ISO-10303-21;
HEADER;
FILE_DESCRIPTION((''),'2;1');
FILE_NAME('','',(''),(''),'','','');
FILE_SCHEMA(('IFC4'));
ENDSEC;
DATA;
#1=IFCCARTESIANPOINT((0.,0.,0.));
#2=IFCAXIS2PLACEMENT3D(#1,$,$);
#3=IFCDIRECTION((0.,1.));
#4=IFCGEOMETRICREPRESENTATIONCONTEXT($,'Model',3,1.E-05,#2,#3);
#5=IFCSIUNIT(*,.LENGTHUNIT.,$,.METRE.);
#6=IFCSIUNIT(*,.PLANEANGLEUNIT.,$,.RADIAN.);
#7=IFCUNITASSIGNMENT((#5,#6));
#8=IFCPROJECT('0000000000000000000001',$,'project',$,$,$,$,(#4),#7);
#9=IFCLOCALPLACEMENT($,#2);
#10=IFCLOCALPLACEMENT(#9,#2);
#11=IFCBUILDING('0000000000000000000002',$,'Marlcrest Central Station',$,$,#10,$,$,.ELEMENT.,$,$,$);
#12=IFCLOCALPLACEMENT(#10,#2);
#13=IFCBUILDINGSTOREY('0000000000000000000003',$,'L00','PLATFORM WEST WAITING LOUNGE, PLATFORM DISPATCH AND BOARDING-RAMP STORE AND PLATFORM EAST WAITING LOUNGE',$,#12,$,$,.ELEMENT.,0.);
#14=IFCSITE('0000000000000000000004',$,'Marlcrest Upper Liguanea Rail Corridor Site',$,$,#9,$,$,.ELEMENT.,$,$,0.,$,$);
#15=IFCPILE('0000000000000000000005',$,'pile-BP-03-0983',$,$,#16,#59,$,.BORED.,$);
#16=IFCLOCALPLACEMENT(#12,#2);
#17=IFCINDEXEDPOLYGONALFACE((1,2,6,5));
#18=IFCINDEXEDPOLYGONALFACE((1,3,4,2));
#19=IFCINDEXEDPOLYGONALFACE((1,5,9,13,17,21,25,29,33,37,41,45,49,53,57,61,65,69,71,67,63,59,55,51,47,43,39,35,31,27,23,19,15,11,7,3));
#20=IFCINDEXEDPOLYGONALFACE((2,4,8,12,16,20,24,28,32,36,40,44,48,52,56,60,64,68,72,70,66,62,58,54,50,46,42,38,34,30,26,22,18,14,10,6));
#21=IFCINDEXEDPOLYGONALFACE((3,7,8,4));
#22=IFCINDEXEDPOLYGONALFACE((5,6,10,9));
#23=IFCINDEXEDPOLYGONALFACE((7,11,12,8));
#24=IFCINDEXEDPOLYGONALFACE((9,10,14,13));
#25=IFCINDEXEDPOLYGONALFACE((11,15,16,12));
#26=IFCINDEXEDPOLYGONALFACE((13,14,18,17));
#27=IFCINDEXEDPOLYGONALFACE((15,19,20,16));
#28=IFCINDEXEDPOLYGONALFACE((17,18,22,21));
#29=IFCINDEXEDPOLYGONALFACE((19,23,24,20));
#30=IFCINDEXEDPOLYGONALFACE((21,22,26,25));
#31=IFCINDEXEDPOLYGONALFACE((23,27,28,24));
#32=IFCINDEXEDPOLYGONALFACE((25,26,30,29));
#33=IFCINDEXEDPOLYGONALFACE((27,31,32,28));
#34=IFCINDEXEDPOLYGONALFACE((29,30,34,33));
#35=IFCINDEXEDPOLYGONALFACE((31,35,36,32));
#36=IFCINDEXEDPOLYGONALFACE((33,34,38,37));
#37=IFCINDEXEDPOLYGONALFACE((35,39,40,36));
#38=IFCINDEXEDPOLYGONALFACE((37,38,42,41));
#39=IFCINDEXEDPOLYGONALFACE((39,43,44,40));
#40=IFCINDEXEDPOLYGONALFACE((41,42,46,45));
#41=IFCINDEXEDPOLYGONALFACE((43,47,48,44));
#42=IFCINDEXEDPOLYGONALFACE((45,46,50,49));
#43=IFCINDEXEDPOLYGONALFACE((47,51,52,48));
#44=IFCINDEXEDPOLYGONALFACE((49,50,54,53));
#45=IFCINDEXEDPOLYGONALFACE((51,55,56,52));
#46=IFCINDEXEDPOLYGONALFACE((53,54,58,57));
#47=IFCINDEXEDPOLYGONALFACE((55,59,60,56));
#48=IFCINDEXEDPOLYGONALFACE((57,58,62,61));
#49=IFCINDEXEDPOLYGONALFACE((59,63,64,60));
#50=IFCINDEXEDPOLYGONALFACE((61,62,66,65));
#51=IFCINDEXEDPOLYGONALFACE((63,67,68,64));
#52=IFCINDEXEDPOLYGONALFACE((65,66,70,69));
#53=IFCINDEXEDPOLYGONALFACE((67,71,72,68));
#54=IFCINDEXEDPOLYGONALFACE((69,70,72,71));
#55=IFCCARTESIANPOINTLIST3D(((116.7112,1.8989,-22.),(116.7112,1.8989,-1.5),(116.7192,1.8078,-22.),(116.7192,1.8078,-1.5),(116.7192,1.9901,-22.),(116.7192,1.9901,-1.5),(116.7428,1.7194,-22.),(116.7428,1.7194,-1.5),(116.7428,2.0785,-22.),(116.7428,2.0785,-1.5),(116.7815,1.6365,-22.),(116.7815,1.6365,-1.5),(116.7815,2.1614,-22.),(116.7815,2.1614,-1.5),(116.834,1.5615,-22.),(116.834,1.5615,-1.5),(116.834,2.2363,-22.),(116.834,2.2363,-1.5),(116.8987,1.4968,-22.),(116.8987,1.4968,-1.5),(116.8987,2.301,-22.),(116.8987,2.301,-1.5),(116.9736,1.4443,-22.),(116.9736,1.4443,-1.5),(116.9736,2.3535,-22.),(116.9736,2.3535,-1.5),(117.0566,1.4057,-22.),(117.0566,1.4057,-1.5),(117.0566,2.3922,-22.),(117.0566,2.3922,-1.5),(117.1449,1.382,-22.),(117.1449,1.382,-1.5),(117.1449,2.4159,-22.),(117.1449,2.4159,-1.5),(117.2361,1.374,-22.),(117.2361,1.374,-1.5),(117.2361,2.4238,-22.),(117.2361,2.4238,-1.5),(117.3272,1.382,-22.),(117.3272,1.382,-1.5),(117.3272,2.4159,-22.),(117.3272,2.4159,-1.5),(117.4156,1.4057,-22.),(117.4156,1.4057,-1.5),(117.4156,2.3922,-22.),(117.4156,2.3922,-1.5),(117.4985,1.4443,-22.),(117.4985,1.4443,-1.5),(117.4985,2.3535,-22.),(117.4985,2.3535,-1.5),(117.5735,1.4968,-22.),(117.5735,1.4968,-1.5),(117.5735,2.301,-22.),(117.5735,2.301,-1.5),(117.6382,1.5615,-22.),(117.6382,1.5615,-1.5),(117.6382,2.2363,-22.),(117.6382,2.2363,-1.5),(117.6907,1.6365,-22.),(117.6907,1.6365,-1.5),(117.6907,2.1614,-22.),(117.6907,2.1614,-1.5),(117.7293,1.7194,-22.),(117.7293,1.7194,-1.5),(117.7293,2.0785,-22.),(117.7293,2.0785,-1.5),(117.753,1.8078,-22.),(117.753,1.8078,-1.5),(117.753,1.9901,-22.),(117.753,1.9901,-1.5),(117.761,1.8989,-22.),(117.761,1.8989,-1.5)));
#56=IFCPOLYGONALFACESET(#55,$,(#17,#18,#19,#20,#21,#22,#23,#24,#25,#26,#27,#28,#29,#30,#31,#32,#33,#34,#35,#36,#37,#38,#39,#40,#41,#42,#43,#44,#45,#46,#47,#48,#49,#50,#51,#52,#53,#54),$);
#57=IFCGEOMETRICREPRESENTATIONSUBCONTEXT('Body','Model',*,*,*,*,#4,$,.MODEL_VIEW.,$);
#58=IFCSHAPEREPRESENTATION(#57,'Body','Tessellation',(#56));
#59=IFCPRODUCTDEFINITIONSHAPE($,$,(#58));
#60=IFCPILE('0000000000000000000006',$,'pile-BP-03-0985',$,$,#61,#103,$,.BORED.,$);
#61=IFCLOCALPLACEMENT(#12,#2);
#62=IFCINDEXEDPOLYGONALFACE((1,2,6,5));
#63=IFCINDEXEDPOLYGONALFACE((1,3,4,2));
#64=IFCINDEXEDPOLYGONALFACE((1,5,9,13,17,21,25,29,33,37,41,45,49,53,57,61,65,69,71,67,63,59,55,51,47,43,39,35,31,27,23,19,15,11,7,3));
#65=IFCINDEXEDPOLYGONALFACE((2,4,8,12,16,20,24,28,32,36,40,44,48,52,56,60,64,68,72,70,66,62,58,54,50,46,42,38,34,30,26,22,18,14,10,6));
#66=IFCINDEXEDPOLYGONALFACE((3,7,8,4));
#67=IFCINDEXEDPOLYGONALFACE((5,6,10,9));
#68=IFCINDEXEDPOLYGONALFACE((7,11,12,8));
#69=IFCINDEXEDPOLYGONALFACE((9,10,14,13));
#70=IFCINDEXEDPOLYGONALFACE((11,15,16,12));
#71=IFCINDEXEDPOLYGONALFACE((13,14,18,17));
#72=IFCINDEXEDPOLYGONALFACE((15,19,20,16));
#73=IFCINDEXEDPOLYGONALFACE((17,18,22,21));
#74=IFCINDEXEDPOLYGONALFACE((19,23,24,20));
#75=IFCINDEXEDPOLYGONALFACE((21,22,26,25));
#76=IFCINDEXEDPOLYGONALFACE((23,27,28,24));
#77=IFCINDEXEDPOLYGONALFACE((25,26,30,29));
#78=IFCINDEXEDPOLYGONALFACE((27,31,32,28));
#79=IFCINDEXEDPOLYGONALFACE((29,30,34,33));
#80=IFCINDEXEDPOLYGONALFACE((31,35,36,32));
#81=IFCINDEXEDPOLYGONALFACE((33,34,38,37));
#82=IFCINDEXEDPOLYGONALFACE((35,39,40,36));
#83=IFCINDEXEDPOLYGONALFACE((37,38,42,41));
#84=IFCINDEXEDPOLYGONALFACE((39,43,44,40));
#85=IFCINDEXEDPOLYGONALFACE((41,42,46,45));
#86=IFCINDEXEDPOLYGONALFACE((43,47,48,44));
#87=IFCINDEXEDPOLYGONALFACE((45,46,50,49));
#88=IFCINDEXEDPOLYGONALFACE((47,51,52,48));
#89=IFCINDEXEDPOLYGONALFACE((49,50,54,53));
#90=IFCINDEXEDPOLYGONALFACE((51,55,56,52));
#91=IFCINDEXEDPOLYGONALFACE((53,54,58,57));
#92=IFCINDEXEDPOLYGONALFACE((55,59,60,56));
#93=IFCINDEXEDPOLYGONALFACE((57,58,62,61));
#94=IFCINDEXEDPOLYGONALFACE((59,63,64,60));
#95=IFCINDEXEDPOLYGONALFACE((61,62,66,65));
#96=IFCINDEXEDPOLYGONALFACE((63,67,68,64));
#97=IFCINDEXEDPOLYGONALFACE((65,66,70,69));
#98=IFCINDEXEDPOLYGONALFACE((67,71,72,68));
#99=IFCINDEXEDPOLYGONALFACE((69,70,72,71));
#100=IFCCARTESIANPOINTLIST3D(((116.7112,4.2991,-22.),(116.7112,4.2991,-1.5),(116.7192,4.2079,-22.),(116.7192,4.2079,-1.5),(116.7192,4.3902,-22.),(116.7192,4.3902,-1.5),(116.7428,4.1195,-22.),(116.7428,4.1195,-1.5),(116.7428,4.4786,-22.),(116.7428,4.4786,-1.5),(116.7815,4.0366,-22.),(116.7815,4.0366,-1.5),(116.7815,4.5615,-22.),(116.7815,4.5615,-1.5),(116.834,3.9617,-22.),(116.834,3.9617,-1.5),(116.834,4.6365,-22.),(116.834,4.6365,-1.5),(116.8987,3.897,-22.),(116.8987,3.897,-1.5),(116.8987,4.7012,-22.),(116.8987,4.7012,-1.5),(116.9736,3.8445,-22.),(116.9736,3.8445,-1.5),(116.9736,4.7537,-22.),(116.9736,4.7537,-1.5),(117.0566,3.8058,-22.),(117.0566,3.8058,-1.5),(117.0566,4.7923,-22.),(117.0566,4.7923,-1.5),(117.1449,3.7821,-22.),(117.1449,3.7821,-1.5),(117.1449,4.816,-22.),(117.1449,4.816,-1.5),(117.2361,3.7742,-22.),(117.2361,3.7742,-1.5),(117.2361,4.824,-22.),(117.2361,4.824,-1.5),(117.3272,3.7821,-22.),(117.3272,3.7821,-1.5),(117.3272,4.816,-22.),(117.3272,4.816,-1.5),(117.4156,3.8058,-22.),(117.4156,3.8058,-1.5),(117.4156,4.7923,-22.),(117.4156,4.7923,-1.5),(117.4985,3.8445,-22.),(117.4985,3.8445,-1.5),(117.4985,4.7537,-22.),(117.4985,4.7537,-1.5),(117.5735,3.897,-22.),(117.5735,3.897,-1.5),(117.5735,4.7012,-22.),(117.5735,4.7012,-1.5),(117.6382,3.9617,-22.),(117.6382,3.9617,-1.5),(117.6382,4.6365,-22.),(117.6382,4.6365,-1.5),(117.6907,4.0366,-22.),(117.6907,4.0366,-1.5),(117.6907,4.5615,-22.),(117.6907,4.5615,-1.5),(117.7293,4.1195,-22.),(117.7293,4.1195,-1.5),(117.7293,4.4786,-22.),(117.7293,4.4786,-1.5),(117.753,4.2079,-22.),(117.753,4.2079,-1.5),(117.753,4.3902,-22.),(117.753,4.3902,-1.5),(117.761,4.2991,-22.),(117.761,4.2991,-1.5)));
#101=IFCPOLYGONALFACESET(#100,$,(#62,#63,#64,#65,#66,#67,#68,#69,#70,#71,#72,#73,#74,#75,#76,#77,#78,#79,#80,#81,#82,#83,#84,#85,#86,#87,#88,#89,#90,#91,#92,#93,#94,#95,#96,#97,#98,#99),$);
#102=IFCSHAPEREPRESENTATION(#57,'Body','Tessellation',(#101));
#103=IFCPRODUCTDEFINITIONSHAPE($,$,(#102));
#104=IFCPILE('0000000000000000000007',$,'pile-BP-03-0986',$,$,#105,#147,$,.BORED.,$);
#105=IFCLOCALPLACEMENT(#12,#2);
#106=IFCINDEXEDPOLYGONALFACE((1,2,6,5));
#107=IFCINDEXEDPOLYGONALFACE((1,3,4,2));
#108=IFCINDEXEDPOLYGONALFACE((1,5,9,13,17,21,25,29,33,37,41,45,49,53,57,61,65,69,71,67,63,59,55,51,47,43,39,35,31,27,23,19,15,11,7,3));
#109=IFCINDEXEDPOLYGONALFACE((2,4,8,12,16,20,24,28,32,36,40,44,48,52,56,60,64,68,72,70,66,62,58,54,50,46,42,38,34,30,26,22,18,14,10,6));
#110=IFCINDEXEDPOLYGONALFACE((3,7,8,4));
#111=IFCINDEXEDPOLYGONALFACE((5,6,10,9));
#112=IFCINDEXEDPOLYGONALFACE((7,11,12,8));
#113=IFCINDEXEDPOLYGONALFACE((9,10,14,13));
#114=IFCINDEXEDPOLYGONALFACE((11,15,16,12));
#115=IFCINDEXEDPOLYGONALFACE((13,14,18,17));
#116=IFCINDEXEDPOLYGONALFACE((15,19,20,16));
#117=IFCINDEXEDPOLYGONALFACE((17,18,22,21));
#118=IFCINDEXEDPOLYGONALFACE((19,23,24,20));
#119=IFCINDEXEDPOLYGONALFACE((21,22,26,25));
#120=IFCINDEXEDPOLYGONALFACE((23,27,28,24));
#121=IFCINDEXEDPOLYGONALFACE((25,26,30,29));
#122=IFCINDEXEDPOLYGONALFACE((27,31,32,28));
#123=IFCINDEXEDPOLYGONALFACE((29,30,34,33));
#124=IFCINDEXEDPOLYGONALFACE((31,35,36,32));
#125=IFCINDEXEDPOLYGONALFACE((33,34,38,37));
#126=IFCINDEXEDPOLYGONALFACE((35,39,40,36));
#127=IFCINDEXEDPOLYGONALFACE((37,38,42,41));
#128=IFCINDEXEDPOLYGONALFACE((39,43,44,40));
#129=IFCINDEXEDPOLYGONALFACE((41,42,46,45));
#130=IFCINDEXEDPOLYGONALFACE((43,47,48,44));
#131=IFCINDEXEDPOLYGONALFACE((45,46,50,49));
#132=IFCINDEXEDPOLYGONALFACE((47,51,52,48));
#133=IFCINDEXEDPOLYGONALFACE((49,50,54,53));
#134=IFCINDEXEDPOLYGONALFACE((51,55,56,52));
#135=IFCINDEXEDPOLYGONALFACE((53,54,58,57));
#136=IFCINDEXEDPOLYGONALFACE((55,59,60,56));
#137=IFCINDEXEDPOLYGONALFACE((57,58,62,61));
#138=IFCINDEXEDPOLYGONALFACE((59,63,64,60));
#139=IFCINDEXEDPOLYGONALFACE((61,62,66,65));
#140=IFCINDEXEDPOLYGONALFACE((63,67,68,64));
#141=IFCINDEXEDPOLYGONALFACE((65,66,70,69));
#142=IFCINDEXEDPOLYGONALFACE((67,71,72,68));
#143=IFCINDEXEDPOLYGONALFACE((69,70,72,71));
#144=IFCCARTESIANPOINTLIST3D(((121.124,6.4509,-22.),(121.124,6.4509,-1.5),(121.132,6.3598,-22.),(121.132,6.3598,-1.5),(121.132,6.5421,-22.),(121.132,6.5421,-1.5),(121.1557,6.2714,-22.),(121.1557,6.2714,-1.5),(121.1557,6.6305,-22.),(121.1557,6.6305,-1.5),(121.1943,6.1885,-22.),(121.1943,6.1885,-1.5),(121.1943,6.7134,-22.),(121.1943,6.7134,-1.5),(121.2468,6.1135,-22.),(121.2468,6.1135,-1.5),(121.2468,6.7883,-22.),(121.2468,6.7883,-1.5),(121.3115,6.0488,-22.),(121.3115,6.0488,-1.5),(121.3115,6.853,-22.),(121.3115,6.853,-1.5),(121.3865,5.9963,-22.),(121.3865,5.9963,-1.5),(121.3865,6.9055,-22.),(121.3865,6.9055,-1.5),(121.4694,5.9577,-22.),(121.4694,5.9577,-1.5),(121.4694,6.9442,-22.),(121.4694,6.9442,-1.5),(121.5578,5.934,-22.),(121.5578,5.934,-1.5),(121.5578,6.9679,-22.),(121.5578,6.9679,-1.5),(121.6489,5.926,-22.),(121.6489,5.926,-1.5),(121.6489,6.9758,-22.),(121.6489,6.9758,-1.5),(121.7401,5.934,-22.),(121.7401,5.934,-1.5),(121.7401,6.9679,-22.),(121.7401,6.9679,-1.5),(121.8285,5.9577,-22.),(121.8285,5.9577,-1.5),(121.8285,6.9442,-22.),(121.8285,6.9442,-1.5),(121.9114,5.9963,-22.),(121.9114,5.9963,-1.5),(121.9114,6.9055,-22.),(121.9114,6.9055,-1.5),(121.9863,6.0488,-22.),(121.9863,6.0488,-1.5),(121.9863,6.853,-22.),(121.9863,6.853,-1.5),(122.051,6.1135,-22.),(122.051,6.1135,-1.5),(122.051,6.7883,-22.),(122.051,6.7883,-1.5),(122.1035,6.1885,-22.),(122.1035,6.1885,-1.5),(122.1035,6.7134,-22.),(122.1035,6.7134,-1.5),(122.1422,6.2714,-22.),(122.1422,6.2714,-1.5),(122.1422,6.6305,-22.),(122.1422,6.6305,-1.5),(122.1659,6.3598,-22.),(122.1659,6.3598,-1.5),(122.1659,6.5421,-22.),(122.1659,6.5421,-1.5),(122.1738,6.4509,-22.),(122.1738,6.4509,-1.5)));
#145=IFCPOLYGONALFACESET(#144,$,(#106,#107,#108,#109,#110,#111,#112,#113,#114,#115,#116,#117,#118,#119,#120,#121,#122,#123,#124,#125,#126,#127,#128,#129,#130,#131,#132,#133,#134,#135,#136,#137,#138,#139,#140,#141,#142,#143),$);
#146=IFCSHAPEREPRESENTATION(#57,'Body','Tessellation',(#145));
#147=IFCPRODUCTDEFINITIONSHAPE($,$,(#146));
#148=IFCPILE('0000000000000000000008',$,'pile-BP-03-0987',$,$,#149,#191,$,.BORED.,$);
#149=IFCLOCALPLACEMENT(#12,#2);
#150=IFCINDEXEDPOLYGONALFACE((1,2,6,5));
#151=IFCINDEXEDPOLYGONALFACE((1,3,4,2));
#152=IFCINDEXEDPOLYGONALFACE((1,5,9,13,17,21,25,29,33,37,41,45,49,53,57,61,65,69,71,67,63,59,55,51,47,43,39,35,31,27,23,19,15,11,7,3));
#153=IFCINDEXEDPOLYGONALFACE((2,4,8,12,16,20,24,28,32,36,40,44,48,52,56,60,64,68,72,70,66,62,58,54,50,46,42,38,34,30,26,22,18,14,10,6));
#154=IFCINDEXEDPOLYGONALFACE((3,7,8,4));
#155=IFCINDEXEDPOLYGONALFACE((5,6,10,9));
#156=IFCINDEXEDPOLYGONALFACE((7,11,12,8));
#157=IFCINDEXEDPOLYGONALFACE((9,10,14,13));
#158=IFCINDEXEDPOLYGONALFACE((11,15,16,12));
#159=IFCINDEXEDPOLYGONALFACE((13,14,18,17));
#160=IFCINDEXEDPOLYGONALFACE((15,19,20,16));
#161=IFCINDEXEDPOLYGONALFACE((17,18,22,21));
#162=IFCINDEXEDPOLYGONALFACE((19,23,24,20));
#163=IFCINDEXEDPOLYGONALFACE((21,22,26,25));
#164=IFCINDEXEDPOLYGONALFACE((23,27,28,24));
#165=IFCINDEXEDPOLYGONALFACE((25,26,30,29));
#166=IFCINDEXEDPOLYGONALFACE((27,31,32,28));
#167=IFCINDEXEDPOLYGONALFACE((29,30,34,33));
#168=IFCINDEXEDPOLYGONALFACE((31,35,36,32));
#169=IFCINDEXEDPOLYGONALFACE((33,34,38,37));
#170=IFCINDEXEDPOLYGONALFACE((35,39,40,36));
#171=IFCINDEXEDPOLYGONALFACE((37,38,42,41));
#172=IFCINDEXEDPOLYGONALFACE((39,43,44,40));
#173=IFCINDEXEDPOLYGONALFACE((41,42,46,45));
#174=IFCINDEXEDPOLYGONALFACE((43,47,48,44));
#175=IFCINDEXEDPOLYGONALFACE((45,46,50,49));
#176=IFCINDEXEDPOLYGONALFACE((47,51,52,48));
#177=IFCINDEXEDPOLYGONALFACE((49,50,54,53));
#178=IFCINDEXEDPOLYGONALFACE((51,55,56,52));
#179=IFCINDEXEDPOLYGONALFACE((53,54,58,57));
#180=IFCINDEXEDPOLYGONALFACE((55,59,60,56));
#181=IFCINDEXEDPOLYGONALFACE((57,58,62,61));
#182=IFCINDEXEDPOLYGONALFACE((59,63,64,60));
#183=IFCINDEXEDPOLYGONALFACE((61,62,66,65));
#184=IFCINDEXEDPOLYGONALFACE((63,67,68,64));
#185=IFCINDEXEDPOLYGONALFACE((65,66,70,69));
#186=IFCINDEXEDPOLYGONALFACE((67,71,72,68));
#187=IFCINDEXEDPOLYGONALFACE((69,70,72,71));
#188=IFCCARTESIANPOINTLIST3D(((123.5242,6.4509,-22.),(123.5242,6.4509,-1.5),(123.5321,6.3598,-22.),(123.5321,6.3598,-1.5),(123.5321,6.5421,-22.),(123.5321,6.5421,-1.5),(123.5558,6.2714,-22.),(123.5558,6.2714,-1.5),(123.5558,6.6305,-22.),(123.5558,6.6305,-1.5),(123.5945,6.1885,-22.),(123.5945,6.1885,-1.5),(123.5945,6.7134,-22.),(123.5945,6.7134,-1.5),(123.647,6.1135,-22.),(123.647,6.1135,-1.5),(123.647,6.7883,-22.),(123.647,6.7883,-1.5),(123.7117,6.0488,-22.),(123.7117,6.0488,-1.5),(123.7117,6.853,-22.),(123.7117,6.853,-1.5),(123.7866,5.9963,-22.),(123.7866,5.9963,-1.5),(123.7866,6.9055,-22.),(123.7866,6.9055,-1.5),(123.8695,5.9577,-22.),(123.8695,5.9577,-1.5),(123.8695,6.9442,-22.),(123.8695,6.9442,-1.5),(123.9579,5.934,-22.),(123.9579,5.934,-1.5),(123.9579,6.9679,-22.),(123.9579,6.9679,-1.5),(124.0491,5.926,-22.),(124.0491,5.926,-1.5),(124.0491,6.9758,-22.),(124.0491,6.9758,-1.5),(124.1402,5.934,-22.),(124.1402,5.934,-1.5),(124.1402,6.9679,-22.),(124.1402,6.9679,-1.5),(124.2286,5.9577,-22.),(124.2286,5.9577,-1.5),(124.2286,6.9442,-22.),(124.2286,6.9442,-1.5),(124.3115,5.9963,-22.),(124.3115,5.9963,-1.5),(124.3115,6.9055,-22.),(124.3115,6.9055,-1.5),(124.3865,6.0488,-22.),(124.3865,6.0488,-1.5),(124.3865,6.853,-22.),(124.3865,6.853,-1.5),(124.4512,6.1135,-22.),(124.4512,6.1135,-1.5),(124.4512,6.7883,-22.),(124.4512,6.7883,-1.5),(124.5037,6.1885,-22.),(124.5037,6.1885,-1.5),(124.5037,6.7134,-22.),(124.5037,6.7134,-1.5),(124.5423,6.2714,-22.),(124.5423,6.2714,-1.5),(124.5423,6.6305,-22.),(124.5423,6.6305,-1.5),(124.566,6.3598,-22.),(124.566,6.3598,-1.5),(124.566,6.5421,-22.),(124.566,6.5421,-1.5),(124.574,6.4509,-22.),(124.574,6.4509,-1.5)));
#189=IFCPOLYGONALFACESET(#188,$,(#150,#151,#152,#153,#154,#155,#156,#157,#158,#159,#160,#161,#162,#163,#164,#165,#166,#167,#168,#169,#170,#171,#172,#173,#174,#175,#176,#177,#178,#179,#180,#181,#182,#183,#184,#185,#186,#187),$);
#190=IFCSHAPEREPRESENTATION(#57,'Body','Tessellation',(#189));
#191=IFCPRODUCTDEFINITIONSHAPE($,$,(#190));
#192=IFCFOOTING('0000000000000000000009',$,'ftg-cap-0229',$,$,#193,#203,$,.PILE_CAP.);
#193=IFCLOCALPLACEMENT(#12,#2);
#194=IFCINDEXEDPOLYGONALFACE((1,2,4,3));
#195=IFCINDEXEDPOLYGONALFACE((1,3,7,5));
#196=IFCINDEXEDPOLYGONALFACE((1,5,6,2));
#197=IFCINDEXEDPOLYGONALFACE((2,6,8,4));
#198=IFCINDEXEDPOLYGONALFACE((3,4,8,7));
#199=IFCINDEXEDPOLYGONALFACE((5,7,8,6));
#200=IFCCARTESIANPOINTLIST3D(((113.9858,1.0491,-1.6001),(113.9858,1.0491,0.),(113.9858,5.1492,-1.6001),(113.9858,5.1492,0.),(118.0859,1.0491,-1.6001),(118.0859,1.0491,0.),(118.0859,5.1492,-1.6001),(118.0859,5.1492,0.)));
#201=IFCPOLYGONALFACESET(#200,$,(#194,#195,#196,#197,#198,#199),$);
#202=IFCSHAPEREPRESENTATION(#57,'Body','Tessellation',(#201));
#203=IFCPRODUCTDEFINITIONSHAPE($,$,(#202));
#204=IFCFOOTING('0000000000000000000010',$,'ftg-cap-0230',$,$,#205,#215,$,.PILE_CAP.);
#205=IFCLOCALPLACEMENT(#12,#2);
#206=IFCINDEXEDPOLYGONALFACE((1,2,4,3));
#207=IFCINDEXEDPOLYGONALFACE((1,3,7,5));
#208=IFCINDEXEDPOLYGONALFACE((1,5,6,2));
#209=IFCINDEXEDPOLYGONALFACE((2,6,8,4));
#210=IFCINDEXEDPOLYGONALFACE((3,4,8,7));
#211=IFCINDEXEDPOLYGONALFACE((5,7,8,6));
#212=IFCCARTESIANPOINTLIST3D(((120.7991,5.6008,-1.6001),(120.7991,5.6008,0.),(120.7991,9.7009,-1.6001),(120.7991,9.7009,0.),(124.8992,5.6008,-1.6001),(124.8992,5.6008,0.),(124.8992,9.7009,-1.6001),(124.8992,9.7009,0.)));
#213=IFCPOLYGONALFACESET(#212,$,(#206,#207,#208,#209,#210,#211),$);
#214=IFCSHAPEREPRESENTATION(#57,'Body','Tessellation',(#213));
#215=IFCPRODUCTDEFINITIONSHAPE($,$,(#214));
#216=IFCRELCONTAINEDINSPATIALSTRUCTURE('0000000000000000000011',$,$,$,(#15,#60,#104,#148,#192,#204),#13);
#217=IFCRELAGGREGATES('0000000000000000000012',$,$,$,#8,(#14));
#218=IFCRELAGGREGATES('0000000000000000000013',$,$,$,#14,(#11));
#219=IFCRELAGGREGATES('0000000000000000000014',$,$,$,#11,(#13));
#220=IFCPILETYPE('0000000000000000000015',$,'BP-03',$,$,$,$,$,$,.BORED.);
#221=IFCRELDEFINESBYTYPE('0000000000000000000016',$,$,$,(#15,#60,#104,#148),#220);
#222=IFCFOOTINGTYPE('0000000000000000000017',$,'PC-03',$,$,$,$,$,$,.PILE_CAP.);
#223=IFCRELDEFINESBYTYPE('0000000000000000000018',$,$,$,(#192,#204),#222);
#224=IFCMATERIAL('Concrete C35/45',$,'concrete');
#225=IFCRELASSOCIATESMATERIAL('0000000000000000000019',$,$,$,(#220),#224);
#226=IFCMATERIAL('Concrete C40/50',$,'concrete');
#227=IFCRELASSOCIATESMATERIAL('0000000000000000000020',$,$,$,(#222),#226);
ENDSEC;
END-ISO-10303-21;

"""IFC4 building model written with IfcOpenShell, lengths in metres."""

from ifc_helpers import new_model, si_unit, direction, frame, origin, origin_2d, place, context, subcontext, project, spatial, rectangle, circle, extrude, material, material_profile, profile_set, type_object, element, save


model = new_model("IFC4")

# Units and contexts
model_context = context("Model", 3, precision=1e-05, world=origin(), true_north=direction((0.0, 1.0)))
body_context = subcontext(model_context, "Body", "Model", "MODEL_VIEW")
ifc_project = project(units=[si_unit("LENGTHUNIT", "METRE"), si_unit("PLANEANGLEUNIT", "RADIAN")], contexts=[model_context])

# Site, building, storey
site_placement = place(None, origin())
site = spatial("IfcSite", under=ifc_project, at=site_placement, Name="Marlcrest Upper Liguanea Rail Corridor Site", CompositionType="ELEMENT", RefElevation=0.0)
building_placement = place(site_placement, origin())
building = spatial("IfcBuilding", under=site, at=building_placement, Name="Marlcrest Central Station", CompositionType="ELEMENT")
storey_placement = place(building_placement, origin())
storey = spatial("IfcBuildingStorey", under=building, at=storey_placement, Name="L00", Description="PLATFORM WEST WAITING LOUNGE, PLATFORM DISPATCH AND BOARDING-RAMP STORE AND PLATFORM EAST WAITING LOUNGE", CompositionType="ELEMENT", Elevation=0.0)

# Piles
ifc_material_1 = material(Name="Concrete C35/45", Category="concrete")
ifc_material_profile_1 = material_profile(ifc_material_1, circle(Radius=0.5249, at=origin_2d()), Name="PILE D1050")
ifc_profile_set_1 = profile_set([ifc_material_profile_1], Name="Concrete C35/45")
pile_type = type_object("IfcPileType", Name="BP-03", PredefinedType="BORED", material=ifc_profile_set_1)
for number, where, z_axis, x_axis, name in (
    (1, (117.2361, 1.8989, -1.5), (0.0, 0.0, -1.0), (1.0, 0.0, 0.0), "pile-BP-03-0983"),
    (2, (117.2361, 4.2991, -1.5), (0.0, 0.0, -1.0), (1.0, 0.0, 0.0), "pile-BP-03-0985"),
    (3, (121.6489, 6.4509, -1.5), (0.0, 0.0, -1.0), (1.0, 0.0, 0.0), "pile-BP-03-0986"),
    (4, (124.0491, 6.4509, -1.5), (0.0, 0.0, -1.0), (1.0, 0.0, 0.0), "pile-BP-03-0987"),
):
    element("IfcPile", number, at=place(storey_placement, frame(where, z_axis=z_axis, x_axis=x_axis)), inside=storey, type_object=pile_type, Name=name, PredefinedType="BORED", context=body_context, shape_type="SweptSolid", body=[
        extrude(circle(Radius=0.5249, at=origin_2d()), origin(), (0.0, 0.0, 1.0), 20.5),
    ])

# Footings
ifc_material_2 = material(Name="Concrete C40/50", Category="concrete")
footing_type = type_object("IfcFootingType", Name="PC-03", PredefinedType="PILE_CAP", material=ifc_material_2)
for number, where, z_axis, x_axis, name in (
    (5, (116.0359, 3.0991, -1.6001), (0.0, 0.0, 1.0), (1.0, 0.0, 0.0), "ftg-cap-0229"),
    (6, (122.8491, 7.6509, -1.6001), (0.0, 0.0, 1.0), (1.0, 0.0, 0.0), "ftg-cap-0230"),
):
    element("IfcFooting", number, at=place(storey_placement, frame(where, z_axis=z_axis, x_axis=x_axis)), inside=storey, type_object=footing_type, Name=name, PredefinedType="PILE_CAP", context=body_context, shape_type="SweptSolid", body=[
        extrude(rectangle(XDim=4.1001, YDim=4.1001, at=origin_2d()), origin(), (0.0, 0.0, 1.0), 1.6001),
    ])

save(model, "model.ifc")
